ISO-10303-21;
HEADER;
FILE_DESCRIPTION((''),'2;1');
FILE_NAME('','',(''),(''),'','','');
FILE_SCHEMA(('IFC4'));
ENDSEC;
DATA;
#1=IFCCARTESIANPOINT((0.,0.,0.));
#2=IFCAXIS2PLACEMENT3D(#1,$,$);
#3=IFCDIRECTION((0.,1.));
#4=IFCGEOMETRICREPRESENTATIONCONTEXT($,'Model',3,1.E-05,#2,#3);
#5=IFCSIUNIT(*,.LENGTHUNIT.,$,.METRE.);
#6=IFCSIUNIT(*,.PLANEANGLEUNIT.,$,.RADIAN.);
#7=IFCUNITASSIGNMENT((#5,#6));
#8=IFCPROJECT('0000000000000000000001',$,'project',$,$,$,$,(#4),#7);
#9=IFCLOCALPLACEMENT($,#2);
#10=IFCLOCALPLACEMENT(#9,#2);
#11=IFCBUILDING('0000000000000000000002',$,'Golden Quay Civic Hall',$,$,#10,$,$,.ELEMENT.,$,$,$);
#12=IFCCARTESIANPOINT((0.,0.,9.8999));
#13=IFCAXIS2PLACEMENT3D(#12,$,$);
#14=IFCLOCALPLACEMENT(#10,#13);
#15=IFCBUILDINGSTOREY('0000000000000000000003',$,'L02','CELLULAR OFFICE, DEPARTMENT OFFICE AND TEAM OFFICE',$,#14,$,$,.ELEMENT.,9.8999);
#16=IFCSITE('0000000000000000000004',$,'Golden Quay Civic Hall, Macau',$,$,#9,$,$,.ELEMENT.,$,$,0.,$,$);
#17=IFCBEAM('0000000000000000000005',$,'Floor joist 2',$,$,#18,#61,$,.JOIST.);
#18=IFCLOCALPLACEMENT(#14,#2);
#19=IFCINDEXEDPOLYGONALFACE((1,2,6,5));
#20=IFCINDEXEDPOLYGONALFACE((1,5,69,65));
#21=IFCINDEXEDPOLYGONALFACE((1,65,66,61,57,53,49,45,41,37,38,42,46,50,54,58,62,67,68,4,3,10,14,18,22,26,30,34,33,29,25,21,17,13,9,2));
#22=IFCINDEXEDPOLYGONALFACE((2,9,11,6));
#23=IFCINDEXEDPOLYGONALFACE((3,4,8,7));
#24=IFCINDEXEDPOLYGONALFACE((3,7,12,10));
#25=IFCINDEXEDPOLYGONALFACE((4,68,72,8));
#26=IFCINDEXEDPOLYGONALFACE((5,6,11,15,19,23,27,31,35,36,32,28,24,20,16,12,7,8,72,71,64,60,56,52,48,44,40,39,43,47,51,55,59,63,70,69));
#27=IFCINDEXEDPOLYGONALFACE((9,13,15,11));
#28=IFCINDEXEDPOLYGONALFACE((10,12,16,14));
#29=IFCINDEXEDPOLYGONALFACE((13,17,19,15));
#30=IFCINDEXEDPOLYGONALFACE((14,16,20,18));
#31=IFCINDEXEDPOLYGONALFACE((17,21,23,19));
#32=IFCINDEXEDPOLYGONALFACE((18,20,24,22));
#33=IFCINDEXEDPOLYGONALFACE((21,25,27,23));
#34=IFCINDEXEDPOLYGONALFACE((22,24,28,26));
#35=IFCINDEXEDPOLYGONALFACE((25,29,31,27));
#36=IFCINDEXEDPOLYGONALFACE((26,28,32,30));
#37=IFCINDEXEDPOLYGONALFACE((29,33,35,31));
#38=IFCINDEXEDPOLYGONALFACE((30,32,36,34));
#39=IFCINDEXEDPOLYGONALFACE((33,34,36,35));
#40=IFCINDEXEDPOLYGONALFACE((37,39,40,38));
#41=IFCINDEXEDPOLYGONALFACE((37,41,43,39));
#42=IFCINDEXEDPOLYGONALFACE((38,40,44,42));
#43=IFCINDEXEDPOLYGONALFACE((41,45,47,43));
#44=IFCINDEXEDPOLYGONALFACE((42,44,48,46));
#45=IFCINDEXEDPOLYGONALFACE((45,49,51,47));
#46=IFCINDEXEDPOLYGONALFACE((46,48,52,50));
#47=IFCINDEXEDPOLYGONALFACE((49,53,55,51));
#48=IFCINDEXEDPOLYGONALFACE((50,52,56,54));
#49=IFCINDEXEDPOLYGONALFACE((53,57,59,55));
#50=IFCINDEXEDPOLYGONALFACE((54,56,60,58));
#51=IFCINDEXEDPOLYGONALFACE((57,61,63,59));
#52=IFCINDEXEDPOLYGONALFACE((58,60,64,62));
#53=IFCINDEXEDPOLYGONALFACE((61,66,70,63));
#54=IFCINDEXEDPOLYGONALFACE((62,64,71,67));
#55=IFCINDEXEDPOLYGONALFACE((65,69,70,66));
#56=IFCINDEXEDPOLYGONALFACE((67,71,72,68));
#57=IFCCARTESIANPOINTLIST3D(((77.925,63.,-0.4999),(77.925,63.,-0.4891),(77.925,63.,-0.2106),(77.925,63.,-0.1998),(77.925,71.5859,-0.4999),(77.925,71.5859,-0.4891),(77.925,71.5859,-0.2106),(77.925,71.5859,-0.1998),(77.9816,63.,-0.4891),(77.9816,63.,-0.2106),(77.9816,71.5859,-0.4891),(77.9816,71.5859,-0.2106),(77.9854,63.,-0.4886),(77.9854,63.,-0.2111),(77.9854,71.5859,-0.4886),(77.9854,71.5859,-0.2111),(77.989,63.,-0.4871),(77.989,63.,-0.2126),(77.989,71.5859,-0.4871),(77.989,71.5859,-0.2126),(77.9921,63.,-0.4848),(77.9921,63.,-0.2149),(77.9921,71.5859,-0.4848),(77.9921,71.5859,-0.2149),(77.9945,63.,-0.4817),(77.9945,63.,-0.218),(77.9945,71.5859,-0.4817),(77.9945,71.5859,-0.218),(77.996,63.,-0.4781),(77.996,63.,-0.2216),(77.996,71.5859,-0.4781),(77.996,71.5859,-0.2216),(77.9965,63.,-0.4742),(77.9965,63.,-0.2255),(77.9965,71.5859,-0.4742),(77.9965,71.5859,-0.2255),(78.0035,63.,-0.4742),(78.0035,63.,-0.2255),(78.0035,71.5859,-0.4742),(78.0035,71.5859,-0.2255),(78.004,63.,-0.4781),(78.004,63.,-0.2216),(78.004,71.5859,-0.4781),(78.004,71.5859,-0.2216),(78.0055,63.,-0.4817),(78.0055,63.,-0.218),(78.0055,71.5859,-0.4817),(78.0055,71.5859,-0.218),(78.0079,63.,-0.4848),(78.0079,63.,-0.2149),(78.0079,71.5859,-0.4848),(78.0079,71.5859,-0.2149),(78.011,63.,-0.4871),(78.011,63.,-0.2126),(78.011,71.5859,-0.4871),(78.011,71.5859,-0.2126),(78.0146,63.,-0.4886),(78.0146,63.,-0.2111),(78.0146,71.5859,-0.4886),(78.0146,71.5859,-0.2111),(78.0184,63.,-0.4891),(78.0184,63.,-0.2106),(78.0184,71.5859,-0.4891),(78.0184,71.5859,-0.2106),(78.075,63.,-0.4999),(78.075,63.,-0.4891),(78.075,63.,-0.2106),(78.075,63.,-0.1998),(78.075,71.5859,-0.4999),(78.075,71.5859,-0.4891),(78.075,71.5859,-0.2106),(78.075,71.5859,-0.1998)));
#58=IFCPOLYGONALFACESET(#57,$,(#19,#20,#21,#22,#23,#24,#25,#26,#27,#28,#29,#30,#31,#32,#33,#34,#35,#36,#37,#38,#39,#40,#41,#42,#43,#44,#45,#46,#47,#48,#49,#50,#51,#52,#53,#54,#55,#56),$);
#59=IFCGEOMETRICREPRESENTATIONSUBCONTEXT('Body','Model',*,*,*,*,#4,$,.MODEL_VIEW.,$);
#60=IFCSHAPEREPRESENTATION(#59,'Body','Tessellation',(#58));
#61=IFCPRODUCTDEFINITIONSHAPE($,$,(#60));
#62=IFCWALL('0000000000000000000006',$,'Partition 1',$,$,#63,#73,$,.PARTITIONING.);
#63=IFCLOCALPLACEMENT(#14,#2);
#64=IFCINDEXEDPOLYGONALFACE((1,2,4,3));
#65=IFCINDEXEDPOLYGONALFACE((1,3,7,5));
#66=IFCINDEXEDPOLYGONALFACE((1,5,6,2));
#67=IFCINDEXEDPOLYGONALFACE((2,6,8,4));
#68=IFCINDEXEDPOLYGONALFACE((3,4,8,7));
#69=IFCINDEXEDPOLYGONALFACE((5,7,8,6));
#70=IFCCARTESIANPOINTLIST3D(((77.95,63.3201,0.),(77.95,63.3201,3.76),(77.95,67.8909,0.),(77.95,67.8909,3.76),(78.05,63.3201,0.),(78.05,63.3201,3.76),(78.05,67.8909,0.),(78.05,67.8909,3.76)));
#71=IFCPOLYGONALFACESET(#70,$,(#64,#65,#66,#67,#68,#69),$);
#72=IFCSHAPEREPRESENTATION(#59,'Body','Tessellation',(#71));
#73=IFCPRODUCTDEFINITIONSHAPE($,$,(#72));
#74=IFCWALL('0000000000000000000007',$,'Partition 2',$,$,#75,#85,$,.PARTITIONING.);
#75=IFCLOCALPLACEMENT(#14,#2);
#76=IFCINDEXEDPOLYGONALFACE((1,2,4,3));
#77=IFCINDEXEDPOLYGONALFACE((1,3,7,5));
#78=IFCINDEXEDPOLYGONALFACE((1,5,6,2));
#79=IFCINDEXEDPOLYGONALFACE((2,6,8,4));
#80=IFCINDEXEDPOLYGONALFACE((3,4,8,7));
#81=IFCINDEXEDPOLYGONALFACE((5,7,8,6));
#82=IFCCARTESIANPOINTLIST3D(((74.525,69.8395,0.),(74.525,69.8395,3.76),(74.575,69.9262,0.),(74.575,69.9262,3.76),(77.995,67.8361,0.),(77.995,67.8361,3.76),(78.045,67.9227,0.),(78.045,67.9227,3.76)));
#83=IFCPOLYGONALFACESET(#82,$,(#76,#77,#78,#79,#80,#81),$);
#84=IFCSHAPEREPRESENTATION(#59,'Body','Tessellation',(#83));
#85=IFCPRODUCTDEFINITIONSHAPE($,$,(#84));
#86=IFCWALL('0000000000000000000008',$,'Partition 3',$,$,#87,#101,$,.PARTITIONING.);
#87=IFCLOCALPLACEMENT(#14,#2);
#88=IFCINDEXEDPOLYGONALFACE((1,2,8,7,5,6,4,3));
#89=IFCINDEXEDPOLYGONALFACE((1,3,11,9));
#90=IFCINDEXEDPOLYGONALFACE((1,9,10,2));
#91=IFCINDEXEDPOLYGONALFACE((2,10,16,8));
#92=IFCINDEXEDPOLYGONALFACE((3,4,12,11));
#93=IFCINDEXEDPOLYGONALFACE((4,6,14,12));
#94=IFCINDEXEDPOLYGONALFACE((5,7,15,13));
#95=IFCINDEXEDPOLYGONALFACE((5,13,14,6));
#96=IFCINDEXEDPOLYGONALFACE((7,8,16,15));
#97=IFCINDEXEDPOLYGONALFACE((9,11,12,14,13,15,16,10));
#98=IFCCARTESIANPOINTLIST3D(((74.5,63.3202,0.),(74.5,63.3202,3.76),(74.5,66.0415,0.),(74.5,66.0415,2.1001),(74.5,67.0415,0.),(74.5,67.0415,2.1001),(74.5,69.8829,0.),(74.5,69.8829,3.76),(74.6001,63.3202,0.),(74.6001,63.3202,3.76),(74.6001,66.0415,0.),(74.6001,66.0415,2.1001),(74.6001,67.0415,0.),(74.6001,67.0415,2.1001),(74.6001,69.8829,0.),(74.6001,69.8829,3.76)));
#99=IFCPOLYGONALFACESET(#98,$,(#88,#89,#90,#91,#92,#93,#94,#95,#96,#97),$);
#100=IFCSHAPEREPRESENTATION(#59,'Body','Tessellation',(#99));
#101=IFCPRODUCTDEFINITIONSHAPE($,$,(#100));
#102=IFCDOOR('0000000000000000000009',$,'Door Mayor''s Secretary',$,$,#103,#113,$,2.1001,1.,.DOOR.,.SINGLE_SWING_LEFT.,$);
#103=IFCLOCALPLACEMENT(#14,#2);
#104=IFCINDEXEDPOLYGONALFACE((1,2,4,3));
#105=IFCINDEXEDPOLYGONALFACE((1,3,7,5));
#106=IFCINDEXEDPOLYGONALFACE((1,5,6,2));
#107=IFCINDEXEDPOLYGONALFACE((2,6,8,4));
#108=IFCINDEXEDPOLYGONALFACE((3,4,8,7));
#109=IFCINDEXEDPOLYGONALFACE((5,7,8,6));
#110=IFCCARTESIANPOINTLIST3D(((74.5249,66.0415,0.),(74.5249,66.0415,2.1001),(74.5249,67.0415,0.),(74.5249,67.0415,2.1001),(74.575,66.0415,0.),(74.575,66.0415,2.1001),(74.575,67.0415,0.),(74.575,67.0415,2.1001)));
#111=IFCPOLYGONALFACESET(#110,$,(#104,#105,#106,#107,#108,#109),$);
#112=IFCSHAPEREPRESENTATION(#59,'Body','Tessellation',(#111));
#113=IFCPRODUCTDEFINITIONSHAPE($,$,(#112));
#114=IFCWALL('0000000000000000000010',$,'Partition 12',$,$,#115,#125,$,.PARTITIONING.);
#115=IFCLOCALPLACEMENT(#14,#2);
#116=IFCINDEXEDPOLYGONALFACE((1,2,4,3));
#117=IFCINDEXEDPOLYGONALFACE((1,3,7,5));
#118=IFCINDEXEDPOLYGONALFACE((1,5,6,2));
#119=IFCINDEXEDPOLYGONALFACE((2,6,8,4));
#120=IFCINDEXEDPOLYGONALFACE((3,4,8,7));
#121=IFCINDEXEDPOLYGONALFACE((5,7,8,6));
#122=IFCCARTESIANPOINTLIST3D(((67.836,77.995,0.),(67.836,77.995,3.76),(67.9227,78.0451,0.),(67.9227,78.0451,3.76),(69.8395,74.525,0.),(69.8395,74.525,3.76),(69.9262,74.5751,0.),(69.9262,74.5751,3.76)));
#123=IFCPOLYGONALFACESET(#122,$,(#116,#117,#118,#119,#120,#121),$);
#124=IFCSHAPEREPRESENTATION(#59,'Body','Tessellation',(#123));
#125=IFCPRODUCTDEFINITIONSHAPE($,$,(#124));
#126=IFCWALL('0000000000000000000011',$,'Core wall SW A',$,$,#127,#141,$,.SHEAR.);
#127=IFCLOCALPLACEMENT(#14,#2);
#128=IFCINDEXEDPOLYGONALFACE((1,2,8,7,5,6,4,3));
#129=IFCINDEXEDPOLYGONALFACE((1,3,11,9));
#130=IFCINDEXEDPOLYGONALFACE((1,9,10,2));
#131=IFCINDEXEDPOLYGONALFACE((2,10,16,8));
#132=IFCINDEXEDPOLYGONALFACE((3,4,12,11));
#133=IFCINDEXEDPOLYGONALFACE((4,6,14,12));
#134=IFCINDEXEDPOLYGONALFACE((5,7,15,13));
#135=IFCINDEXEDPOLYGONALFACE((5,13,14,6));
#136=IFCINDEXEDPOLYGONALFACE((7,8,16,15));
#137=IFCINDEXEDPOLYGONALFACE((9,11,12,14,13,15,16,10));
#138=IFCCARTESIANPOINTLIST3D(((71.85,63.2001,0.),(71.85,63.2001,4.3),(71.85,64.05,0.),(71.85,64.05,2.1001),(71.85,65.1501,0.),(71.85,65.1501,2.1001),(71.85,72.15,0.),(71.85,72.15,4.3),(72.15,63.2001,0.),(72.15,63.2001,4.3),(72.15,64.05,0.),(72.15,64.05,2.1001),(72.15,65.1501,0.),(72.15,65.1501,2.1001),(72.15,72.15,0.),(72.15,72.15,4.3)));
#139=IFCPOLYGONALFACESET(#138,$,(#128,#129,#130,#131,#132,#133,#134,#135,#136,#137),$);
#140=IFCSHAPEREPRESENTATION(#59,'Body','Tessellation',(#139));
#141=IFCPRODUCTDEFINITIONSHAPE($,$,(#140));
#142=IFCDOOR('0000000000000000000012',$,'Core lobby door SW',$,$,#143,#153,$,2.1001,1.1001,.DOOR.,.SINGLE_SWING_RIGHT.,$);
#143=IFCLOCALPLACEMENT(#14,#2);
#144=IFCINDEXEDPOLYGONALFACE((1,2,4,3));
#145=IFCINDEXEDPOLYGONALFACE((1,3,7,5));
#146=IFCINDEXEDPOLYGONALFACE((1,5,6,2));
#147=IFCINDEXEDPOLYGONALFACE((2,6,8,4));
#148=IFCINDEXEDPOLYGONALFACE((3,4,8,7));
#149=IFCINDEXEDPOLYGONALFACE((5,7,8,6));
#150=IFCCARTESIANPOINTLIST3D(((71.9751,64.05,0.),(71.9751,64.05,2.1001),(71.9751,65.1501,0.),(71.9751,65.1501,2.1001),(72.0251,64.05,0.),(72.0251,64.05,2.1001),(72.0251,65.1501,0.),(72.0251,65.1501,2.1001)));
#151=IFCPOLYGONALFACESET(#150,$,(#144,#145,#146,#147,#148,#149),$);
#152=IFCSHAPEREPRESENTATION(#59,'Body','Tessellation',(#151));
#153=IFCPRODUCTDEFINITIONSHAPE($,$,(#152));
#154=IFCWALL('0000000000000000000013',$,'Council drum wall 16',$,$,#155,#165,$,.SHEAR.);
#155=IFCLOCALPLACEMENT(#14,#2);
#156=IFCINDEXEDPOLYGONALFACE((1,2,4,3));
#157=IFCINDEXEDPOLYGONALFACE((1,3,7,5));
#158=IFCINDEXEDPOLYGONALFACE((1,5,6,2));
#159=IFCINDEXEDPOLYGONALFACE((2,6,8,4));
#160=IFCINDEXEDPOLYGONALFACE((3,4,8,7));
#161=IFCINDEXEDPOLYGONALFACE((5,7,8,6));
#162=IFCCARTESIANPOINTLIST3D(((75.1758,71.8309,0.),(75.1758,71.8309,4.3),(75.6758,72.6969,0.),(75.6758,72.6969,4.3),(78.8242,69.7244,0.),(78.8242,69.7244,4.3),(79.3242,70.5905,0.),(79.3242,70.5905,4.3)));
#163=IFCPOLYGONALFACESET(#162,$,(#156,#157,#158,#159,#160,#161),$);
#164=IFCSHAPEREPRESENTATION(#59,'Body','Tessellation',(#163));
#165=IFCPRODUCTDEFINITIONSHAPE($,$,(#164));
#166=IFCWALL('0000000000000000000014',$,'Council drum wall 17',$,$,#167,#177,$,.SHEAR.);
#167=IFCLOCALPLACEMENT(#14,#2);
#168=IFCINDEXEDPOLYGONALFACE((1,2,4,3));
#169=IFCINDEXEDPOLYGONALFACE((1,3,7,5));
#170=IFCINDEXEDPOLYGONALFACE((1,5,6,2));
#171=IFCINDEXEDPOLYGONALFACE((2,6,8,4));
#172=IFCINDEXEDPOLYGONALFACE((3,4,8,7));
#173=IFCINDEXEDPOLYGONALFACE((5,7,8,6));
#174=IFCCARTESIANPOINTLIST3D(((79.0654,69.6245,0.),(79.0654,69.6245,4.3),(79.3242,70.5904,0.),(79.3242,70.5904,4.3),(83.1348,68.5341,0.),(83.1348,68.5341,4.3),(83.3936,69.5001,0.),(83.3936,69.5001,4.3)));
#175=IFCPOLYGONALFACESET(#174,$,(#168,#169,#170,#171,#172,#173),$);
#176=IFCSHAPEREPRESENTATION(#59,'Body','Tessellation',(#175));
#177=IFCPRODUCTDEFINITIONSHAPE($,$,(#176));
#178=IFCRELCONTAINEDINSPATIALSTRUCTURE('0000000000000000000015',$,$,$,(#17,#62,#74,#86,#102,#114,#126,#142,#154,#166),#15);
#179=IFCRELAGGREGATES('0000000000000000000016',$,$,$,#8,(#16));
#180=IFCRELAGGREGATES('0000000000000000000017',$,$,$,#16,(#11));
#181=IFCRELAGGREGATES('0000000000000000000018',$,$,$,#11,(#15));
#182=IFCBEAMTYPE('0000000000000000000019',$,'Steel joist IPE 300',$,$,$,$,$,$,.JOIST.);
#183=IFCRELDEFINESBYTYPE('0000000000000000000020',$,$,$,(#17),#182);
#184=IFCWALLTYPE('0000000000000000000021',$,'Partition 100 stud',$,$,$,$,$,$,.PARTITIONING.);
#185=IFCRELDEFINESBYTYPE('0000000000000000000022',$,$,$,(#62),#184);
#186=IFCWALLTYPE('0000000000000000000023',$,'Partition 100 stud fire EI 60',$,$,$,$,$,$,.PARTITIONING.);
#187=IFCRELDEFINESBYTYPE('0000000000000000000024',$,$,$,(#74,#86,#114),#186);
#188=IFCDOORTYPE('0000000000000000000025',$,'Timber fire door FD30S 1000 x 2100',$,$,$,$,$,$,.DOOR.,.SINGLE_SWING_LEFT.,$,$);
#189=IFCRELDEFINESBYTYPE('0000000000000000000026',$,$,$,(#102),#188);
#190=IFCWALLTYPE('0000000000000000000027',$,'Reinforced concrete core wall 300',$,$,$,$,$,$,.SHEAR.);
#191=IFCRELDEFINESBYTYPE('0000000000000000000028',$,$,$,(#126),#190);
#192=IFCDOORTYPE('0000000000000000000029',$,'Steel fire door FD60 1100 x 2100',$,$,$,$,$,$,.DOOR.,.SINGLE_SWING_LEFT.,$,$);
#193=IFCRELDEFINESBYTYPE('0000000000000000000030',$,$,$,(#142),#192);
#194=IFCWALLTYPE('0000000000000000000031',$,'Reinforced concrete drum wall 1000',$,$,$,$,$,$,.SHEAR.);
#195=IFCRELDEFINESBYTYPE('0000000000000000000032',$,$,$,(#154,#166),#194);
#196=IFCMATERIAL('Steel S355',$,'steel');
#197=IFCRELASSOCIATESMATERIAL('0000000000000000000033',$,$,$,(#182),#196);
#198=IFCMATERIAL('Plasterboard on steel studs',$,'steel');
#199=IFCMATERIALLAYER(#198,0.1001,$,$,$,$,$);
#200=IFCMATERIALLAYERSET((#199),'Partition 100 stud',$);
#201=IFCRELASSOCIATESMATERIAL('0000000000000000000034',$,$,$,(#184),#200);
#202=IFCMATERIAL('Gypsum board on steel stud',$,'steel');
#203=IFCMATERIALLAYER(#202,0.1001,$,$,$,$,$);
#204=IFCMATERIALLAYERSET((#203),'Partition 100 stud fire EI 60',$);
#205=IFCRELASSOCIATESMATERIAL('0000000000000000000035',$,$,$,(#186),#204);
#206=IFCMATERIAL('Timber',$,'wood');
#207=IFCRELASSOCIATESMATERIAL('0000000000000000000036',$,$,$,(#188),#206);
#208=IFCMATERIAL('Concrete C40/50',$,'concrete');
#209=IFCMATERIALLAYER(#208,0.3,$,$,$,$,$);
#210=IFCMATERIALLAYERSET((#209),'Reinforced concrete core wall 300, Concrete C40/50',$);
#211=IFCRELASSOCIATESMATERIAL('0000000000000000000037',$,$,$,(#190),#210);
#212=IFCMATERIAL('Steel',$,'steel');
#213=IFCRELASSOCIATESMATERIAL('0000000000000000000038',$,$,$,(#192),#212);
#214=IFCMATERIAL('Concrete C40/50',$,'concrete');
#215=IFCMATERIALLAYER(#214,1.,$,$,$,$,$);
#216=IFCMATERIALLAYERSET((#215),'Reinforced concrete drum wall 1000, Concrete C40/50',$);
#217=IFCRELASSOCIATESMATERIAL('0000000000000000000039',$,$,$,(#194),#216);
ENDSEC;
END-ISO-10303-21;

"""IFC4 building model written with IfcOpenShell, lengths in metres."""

from ifc_helpers import new_model, si_unit, direction, frame, frame_2d, origin, origin_2d, place, context, subcontext, project, spatial, rectangle, i_section, extrude, material, layer, layer_set, material_profile, profile_set, type_object, element, fill, save


model = new_model("IFC4")

# Units and contexts
model_context = context("Model", 3, precision=1e-05, world=origin(), true_north=direction((0.0, 1.0)))
body_context = subcontext(model_context, "Body", "Model", "MODEL_VIEW")
ifc_project = project(units=[si_unit("LENGTHUNIT", "METRE"), si_unit("PLANEANGLEUNIT", "RADIAN")], contexts=[model_context])

# Site, building, storey
site_placement = place(None, origin())
site = spatial("IfcSite", under=ifc_project, at=site_placement, Name="Golden Quay Civic Hall, Macau", CompositionType="ELEMENT", RefElevation=0.0)
building_placement = place(site_placement, origin())
building = spatial("IfcBuilding", under=site, at=building_placement, Name="Golden Quay Civic Hall", CompositionType="ELEMENT")
storey_placement = place(building_placement, frame((0.0, 0.0, 9.8999)))
storey = spatial("IfcBuildingStorey", under=building, at=storey_placement, Name="L02", Description="CELLULAR OFFICE, DEPARTMENT OFFICE AND TEAM OFFICE", CompositionType="ELEMENT", Elevation=9.8999)

# Beam
ifc_material_1 = material(Name="Steel S355", Category="steel")
ifc_material_profile_1 = material_profile(ifc_material_1, i_section(OverallWidth=0.1499, OverallDepth=0.3, WebThickness=0.0071, FlangeThickness=0.0107, FilletRadius=0.0149, at=origin_2d()), Name="IPE 300")
ifc_profile_set_1 = profile_set([ifc_material_profile_1], Name="Steel S355")
beam_type_1 = type_object("IfcBeamType", Name="Steel joist IPE 300", PredefinedType="JOIST", material=ifc_profile_set_1)
beam_1_placement = place(storey_placement, frame((78.0, 63.0, -0.3499), z_axis=(0.0, 1.0, 0.0), x_axis=(-1.0, 0.0, 0.0)))
element("IfcBeam", 1, at=beam_1_placement, inside=storey, type_object=beam_type_1, Name="Floor joist 2", PredefinedType="JOIST", context=body_context, shape_type="SweptSolid", body=[
    extrude(i_section(OverallWidth=0.1499, OverallDepth=0.3, WebThickness=0.0071, FlangeThickness=0.0107, FilletRadius=0.0149, at=origin_2d()), origin(), (0.0, 0.0, 1.0), 8.5859),
])

# Walls
ifc_material_2 = material(Name="Plasterboard on steel studs", Category="steel")
ifc_layer_1 = layer(ifc_material_2, 0.1001)
ifc_layer_set_1 = layer_set([ifc_layer_1], Name="Partition 100 stud")
wall_type_1 = type_object("IfcWallType", Name="Partition 100 stud", PredefinedType="PARTITIONING", material=ifc_layer_set_1)
wall_1_placement = place(storey_placement, frame((78.0, 63.3201, 0.0), z_axis=(0.0, 0.0, 1.0), x_axis=(0.0, 1.0, 0.0)))
element("IfcWall", 2, at=wall_1_placement, inside=storey, type_object=wall_type_1, Name="Partition 1", PredefinedType="PARTITIONING", context=body_context, shape_type="SweptSolid", body=[
    extrude(rectangle(XDim=4.5708, YDim=0.1001, at=frame_2d((2.2854, 0.0))), origin(), (0.0, 0.0, 1.0), 3.76),
])
ifc_material_3 = material(Name="Gypsum board on steel stud", Category="steel")
ifc_layer_2 = layer(ifc_material_3, 0.1001)
ifc_layer_set_2 = layer_set([ifc_layer_2], Name="Partition 100 stud fire EI 60")
wall_type_2 = type_object("IfcWallType", Name="Partition 100 stud fire EI 60", PredefinedType="PARTITIONING", material=ifc_layer_set_2)
wall_2_placement = place(storey_placement, frame((78.02, 67.8794, 0.0), z_axis=(0.0, 0.0, 1.0), x_axis=(-0.866022, 0.500006, 0.0)))
element("IfcWall", 3, at=wall_2_placement, inside=storey, type_object=wall_type_2, Name="Partition 2", PredefinedType="PARTITIONING", context=body_context, shape_type="SweptSolid", body=[
    extrude(rectangle(XDim=4.0068, YDim=0.1001, at=frame_2d((2.0034, 0.0))), origin(), (0.0, 0.0, 1.0), 3.76),
])

# Wall, opening, door
wall_3_placement = place(storey_placement, frame((74.55, 69.8828, 0.0), z_axis=(0.0, 0.0, 1.0), x_axis=(0.0, -1.0, 0.0)))
wall_3 = element("IfcWall", 4, at=wall_3_placement, inside=storey, type_object=wall_type_2, Name="Partition 3", PredefinedType="PARTITIONING", context=body_context, shape_type="SweptSolid", body=[
    extrude(rectangle(XDim=6.5627, YDim=0.1001, at=frame_2d((3.2812, 0.0))), origin(), (0.0, 0.0, 1.0), 3.76),
])
opening_1_placement = place(wall_3_placement, frame((2.8413, 0.0, 0.0)))
opening_1 = element("IfcOpeningElement", 5, at=opening_1_placement, cuts=wall_3, PredefinedType="OPENING", context=body_context, shape_type="SweptSolid", body=[
    extrude(rectangle(XDim=1.0, YDim=2.1001, at=frame_2d((0.5, 1.05))), frame((0.0, 0.0601, 0.0), z_axis=(0.0, -1.0, 0.0), x_axis=(1.0, 0.0, 0.0)), (0.0, 0.0, 1.0), 0.1201),
])
ifc_material_4 = material(Name="Timber", Category="wood")
door_type_1 = type_object("IfcDoorType", Name="Timber fire door FD30S 1000 x 2100", OperationType="SINGLE_SWING_LEFT", PredefinedType="DOOR", material=ifc_material_4)
door_1_placement = place(opening_1_placement, origin())
door_1 = element("IfcDoor", 6, at=door_1_placement, inside=storey, type_object=door_type_1, Name="Door Mayor's Secretary", OperationType="SINGLE_SWING_LEFT", OverallHeight=2.1001, OverallWidth=1.0, PredefinedType="DOOR", context=body_context, shape_type="SweptSolid", body=[
    extrude(rectangle(XDim=1.0, YDim=2.1001, at=frame_2d((0.5, 1.05))), frame((0.0, 0.0249, 0.0), z_axis=(0.0, -1.0, 0.0), x_axis=(1.0, 0.0, 0.0)), (0.0, 0.0, 1.0), 0.05),
])
fill(opening_1, door_1)

# Wall
wall_4_placement = place(storey_placement, frame((69.8828, 74.55, 0.0), z_axis=(0.0, 0.0, 1.0), x_axis=(-0.500006, 0.866022, 0.0)))
element("IfcWall", 7, at=wall_4_placement, inside=storey, type_object=wall_type_2, Name="Partition 12", PredefinedType="PARTITIONING", context=body_context, shape_type="SweptSolid", body=[
    extrude(rectangle(XDim=4.0068, YDim=0.1001, at=frame_2d((2.0034, 0.0))), origin(), (0.0, 0.0, 1.0), 3.76),
])

# Wall, opening, door
ifc_material_5 = material(Name="Concrete C40/50", Category="concrete")
ifc_layer_3 = layer(ifc_material_5, 0.3)
ifc_layer_set_3 = layer_set([ifc_layer_3], Name="Reinforced concrete core wall 300, Concrete C40/50")
wall_type_3 = type_object("IfcWallType", Name="Reinforced concrete core wall 300", PredefinedType="SHEAR", material=ifc_layer_set_3)
wall_5_placement = place(storey_placement, frame((72.0, 63.2, 0.0), z_axis=(0.0, 0.0, 1.0), x_axis=(0.0, 1.0, 0.0)))
wall_5 = element("IfcWall", 8, at=wall_5_placement, inside=storey, type_object=wall_type_3, Name="Core wall SW A", PredefinedType="SHEAR", context=body_context, shape_type="SweptSolid", body=[
    extrude(rectangle(XDim=8.95, YDim=0.3, at=frame_2d((4.4751, 0.0))), origin(), (0.0, 0.0, 1.0), 4.3),
])
opening_2_placement = place(wall_5_placement, frame((0.8501, 0.0, 0.0)))
opening_2 = element("IfcOpeningElement", 9, at=opening_2_placement, cuts=wall_5, PredefinedType="OPENING", context=body_context, shape_type="SweptSolid", body=[
    extrude(rectangle(XDim=1.1001, YDim=2.1001, at=frame_2d((0.55, 1.05))), frame((0.0, 0.1599, 0.0), z_axis=(0.0, -1.0, 0.0), x_axis=(1.0, 0.0, 0.0)), (0.0, 0.0, 1.0), 0.3201),
])
ifc_material_6 = material(Name="Steel", Category="steel")
door_type_2 = type_object("IfcDoorType", Name="Steel fire door FD60 1100 x 2100", OperationType="SINGLE_SWING_LEFT", PredefinedType="DOOR", material=ifc_material_6)
door_2_placement = place(opening_2_placement, frame((1.1001, 0.0, 0.0), z_axis=(0.0, 0.0, 1.0), x_axis=(-1.0, 0.0, 0.0)))
door_2 = element("IfcDoor", 10, at=door_2_placement, inside=storey, type_object=door_type_2, Name="Core lobby door SW", OperationType="SINGLE_SWING_RIGHT", OverallHeight=2.1001, OverallWidth=1.1001, PredefinedType="DOOR", context=body_context, shape_type="SweptSolid", body=[
    extrude(rectangle(XDim=1.1001, YDim=2.1001, at=frame_2d((0.55, 1.05))), frame((0.0, 0.0251, 0.0), z_axis=(0.0, -1.0, 0.0), x_axis=(1.0, 0.0, 0.0)), (0.0, 0.0, 1.0), 0.05),
])
fill(opening_2, door_2)

# Walls
ifc_material_7 = material(Name="Concrete C40/50", Category="concrete")
ifc_layer_4 = layer(ifc_material_7, 1.0)
ifc_layer_set_4 = layer_set([ifc_layer_4], Name="Reinforced concrete drum wall 1000, Concrete C40/50")
wall_type_4 = type_object("IfcWallType", Name="Reinforced concrete drum wall 1000", PredefinedType="SHEAR", material=ifc_layer_set_4)
for number, where, z_axis, x_axis, name in (
    (11, (75.4258, 72.2639, 0.0), (0.0, 0.0, 1.0), (0.866023, -0.500003, 0.0), "Council drum wall 16"),
    (12, (79.1948, 70.1074, 0.0), (0.0, 0.0, 1.0), (0.965928, -0.258809, 0.0), "Council drum wall 17"),
):
    element("IfcWall", number, at=place(storey_placement, frame(where, z_axis=z_axis, x_axis=x_axis)), inside=storey, type_object=wall_type_4, Name=name, PredefinedType="SHEAR", context=body_context, shape_type="SweptSolid", body=[
        extrude(rectangle(XDim=4.2129, YDim=1.0, at=frame_2d((2.1064, 0.0))), origin(), (0.0, 0.0, 1.0), 4.3),
    ])

save(model, "model.ifc")
